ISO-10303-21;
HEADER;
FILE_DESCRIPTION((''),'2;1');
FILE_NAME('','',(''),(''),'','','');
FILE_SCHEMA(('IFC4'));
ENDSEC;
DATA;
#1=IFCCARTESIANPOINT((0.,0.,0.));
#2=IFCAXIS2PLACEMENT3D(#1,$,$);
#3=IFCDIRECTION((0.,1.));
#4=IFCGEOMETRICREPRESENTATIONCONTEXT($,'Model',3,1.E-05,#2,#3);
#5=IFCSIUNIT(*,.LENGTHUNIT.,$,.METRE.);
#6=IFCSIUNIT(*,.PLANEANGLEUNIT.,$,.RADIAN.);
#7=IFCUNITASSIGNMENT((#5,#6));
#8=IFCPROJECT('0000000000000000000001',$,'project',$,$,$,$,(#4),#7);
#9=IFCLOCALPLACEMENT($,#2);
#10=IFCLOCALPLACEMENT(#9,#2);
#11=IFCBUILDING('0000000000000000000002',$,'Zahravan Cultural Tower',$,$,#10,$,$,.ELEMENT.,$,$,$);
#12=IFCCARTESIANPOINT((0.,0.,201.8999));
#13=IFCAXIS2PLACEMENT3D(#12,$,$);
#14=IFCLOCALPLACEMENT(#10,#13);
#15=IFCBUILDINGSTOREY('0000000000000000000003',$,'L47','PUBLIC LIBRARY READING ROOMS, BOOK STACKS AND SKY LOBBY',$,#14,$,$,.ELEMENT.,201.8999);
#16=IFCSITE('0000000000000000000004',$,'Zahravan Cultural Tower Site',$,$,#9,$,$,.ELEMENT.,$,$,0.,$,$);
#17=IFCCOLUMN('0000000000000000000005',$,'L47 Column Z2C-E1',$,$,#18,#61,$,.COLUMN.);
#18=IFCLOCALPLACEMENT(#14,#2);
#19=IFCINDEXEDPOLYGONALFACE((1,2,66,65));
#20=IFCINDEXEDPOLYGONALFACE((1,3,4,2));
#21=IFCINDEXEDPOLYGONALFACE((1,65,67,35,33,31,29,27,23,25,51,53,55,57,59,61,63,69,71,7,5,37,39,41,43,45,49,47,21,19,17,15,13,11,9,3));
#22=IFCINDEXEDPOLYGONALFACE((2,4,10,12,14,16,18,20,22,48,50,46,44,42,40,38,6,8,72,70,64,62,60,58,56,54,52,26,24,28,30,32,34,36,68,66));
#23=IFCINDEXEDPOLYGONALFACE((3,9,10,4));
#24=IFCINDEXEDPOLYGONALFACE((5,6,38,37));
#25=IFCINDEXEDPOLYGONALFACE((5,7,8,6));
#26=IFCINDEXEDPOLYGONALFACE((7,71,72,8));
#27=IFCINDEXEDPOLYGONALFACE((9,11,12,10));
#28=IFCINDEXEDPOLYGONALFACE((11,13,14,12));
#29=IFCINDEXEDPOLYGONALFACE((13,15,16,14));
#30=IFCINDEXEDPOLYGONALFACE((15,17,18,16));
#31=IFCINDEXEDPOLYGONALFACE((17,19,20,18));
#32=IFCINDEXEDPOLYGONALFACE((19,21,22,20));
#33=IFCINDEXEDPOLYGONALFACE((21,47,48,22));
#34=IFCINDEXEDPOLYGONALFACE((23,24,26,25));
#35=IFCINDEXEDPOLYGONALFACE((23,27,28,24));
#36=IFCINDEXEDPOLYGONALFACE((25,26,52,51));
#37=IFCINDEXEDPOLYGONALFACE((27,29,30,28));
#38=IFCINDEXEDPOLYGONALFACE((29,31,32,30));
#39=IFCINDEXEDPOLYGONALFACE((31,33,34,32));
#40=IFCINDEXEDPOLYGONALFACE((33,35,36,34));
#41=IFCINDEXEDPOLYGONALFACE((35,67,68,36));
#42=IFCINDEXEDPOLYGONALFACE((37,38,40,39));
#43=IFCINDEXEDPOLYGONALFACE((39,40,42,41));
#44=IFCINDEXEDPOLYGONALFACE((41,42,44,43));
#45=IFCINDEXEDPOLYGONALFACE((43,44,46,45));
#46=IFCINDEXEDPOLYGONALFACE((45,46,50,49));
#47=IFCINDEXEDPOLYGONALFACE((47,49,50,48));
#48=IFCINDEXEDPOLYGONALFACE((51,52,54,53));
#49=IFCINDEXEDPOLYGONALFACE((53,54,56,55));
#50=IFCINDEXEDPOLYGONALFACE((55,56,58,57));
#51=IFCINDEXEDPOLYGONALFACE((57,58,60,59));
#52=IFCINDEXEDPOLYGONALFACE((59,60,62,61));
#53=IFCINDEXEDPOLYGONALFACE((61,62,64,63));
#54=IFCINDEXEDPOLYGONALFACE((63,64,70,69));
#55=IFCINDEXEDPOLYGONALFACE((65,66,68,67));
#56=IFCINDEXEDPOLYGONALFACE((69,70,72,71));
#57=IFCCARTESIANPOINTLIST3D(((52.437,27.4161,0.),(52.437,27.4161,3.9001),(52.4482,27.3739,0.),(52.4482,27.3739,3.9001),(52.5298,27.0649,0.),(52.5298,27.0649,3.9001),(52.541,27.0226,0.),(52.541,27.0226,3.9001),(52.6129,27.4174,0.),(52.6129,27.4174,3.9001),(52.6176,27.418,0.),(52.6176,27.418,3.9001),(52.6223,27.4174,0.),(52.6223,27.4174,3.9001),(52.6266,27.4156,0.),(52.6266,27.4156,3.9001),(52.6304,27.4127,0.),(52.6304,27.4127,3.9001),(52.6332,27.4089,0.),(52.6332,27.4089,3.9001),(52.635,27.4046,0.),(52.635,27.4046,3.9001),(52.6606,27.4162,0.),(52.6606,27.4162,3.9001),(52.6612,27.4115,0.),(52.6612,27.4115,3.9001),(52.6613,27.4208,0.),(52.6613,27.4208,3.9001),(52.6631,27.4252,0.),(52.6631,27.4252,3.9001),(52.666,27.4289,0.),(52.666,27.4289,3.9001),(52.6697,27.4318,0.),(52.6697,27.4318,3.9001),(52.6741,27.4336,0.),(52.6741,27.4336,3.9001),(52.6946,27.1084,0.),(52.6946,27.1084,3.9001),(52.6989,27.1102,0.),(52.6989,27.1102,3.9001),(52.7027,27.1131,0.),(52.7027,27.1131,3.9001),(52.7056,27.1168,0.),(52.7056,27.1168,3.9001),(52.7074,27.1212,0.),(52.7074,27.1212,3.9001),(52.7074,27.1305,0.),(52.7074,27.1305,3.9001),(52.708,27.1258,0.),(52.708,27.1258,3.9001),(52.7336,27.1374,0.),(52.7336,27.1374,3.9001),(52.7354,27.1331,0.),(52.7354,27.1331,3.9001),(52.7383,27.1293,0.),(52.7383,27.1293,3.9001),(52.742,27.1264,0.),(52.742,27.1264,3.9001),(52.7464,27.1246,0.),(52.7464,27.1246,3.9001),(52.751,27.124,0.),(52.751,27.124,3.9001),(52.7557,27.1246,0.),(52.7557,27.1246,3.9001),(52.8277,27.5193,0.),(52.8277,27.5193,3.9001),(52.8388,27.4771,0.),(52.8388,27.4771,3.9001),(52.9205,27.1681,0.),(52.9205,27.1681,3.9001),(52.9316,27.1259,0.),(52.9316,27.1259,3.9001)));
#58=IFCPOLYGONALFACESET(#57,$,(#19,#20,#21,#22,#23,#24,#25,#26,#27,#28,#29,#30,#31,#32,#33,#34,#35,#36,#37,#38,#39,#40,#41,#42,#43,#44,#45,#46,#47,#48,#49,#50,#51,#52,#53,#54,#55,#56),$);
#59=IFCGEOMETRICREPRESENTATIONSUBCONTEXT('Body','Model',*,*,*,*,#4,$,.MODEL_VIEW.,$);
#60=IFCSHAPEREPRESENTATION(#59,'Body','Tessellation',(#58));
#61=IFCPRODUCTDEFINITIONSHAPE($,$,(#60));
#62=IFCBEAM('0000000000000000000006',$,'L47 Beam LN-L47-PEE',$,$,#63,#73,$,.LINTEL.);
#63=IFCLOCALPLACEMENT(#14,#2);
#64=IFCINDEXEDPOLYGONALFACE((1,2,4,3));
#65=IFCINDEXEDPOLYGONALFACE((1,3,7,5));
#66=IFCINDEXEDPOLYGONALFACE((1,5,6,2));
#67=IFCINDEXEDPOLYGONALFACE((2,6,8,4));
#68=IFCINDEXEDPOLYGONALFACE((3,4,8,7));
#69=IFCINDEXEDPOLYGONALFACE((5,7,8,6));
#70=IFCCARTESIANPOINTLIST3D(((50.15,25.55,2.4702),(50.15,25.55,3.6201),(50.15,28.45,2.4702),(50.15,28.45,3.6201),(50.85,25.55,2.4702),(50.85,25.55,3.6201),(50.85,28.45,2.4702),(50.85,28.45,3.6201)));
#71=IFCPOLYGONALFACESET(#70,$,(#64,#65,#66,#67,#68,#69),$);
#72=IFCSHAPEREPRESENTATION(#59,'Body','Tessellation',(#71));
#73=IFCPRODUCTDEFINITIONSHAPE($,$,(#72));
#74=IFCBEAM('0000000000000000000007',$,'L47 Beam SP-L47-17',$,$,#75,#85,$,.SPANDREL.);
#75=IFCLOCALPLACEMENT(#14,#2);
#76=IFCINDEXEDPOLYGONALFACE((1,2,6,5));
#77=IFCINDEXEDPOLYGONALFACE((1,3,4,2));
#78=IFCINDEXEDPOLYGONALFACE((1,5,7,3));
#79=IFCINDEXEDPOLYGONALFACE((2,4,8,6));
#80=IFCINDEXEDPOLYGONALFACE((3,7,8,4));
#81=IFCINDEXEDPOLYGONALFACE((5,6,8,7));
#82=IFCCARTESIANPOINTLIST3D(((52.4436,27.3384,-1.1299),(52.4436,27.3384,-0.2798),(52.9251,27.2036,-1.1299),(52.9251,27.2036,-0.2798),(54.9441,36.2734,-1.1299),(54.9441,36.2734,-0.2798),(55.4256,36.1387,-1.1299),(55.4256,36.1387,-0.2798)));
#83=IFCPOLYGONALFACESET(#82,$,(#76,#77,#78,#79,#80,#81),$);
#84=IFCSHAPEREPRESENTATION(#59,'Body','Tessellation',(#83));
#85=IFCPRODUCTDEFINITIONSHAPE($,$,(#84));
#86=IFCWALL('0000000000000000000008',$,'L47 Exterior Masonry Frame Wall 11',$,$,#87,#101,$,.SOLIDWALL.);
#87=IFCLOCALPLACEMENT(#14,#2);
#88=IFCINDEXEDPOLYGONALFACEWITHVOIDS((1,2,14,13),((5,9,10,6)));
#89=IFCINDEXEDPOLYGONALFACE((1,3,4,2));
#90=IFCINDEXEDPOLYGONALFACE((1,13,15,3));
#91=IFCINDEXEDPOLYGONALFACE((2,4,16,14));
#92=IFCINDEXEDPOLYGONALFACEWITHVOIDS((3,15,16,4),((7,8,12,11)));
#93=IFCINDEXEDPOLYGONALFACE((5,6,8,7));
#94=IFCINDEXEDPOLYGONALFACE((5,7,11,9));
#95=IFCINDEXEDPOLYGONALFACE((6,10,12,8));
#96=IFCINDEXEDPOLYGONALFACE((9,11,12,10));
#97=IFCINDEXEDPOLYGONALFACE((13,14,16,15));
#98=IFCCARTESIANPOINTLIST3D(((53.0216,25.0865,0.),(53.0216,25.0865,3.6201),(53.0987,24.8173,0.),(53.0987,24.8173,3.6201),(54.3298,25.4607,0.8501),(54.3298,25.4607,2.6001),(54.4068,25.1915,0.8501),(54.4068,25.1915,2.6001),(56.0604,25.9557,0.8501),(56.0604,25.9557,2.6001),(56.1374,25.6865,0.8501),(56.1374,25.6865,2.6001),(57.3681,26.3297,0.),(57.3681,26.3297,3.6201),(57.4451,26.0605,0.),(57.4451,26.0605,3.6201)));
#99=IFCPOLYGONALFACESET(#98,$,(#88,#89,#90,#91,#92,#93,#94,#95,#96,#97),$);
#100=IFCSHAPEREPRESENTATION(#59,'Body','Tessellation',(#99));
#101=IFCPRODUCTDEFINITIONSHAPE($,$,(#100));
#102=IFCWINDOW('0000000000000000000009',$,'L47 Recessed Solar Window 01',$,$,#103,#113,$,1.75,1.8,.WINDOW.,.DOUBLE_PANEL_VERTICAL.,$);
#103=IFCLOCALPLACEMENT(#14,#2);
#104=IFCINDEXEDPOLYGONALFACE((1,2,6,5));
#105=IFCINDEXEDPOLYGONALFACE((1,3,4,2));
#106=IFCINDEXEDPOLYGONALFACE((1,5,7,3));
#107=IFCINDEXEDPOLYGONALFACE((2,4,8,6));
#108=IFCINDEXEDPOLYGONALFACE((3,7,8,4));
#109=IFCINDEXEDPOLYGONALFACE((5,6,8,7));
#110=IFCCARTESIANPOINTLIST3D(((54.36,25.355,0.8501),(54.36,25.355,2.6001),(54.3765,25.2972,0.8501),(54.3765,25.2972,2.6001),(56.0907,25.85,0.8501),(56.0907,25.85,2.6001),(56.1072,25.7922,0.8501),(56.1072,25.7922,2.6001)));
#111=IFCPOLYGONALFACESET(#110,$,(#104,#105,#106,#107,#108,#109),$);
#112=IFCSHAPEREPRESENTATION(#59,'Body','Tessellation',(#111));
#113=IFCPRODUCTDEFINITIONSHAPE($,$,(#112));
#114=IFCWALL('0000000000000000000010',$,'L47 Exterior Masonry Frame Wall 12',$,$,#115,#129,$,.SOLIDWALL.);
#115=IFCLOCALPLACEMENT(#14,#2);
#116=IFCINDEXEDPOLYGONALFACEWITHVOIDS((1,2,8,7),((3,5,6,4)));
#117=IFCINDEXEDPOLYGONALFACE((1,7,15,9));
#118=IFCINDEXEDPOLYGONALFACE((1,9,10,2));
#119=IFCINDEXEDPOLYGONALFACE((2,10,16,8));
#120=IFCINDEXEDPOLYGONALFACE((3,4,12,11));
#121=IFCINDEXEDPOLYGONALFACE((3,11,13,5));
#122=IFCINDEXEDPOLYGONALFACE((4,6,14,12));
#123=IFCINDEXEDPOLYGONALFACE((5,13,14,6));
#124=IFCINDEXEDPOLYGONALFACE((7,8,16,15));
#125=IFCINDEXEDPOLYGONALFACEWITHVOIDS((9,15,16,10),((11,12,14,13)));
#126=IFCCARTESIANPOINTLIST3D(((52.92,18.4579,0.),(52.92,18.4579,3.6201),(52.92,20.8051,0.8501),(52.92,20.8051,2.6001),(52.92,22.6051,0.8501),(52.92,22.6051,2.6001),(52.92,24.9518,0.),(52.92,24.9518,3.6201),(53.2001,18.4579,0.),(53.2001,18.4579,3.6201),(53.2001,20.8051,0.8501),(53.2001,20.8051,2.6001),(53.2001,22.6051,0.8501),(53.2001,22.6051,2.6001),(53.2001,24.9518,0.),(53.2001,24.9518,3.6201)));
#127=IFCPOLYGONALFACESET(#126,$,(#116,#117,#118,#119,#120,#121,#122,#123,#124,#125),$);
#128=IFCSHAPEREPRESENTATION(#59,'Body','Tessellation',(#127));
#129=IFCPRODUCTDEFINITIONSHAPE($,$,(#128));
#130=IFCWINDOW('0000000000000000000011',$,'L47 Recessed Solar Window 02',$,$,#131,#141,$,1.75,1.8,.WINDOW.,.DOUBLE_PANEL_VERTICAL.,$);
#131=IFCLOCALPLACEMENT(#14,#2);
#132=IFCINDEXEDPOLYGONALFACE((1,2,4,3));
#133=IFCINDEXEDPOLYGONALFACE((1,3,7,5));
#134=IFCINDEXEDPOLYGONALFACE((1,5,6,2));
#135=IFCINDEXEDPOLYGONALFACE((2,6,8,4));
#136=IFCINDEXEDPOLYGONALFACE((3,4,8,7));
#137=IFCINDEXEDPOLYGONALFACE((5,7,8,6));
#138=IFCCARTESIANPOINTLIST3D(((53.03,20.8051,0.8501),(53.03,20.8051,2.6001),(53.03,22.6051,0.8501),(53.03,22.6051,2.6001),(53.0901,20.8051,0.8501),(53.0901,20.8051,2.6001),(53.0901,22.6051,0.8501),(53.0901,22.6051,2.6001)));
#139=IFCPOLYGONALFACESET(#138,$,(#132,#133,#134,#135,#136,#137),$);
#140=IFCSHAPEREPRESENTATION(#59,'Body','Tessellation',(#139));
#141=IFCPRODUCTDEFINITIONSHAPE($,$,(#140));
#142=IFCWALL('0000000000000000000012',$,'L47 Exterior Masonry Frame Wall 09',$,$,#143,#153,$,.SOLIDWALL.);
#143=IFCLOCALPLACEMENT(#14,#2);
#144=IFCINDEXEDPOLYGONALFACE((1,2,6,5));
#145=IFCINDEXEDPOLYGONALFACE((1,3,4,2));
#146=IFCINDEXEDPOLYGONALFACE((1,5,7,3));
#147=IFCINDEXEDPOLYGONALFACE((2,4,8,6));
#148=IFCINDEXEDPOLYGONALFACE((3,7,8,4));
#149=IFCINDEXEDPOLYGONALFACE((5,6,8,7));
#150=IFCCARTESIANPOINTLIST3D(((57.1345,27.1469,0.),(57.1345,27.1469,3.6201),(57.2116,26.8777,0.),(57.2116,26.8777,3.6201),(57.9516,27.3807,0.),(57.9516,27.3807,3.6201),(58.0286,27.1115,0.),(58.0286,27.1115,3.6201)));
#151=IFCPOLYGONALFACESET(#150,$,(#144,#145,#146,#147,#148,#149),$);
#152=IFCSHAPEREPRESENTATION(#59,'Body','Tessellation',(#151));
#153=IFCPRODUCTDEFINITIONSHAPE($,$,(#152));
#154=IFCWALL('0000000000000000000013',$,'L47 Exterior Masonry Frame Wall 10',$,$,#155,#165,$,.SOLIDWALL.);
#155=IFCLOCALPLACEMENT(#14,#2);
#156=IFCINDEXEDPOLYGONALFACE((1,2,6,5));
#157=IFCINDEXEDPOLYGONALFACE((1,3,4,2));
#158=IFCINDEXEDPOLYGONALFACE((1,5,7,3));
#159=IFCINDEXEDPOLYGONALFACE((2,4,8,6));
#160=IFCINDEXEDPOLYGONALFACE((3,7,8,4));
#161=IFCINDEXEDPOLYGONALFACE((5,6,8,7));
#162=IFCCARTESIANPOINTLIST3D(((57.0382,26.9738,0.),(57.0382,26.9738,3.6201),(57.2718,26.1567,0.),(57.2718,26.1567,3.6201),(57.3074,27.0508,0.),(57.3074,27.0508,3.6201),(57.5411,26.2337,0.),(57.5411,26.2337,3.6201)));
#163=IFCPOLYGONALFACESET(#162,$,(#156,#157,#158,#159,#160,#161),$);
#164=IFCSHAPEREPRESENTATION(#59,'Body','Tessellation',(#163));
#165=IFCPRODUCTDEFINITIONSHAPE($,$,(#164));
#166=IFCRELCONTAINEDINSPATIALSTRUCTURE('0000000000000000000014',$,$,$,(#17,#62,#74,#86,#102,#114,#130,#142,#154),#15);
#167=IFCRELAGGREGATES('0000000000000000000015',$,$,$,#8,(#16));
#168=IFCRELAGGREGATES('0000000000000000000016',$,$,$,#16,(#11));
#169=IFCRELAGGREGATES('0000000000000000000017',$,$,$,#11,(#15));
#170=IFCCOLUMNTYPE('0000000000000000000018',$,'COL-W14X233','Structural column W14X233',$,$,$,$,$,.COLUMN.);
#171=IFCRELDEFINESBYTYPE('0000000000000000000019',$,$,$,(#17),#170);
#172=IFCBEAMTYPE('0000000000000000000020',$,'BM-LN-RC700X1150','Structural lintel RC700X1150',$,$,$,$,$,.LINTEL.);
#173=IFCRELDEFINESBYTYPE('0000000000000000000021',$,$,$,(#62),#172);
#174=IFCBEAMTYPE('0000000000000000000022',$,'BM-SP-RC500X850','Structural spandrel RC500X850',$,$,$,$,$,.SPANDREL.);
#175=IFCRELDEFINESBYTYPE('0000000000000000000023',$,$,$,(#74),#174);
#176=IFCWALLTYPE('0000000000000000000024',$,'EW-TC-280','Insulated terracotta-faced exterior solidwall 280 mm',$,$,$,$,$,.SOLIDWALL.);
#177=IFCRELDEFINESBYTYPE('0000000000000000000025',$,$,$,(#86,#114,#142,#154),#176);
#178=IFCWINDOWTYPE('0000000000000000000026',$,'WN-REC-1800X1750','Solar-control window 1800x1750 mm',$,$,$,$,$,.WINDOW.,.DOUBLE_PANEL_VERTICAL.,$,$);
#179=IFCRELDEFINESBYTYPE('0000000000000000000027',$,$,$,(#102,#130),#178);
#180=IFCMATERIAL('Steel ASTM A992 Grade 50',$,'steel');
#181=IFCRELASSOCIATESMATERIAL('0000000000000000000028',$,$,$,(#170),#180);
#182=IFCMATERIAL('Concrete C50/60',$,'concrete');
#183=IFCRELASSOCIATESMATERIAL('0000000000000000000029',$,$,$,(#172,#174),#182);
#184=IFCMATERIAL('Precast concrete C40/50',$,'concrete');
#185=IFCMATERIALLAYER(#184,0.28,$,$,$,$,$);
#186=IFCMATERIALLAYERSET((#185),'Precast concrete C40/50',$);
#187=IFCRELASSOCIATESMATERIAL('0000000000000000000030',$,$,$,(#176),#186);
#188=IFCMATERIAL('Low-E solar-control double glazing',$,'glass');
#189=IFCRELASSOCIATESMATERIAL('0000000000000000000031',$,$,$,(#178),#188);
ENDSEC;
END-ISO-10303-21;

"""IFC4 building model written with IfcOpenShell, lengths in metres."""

from ifc_helpers import new_model, si_unit, direction, frame, frame_2d, origin, origin_2d, place, context, subcontext, project, spatial, rectangle, i_section, extrude, source, transform, mapped, material, layer, layer_set, material_profile, profile_set, type_object, element, fill, save


model = new_model("IFC4")

# Units and contexts
model_context = context("Model", 3, precision=1e-05, world=origin(), true_north=direction((0.0, 1.0)))
body_context = subcontext(model_context, "Body", "Model", "MODEL_VIEW")
ifc_project = project(units=[si_unit("LENGTHUNIT", "METRE"), si_unit("PLANEANGLEUNIT", "RADIAN")], contexts=[model_context])

# Site, building, storey
site_placement = place(None, origin())
site = spatial("IfcSite", under=ifc_project, at=site_placement, Name="Zahravan Cultural Tower Site", CompositionType="ELEMENT", RefElevation=0.0)
building_placement = place(site_placement, origin())
building = spatial("IfcBuilding", under=site, at=building_placement, Name="Zahravan Cultural Tower", CompositionType="ELEMENT")
storey_placement = place(building_placement, frame((0.0, 0.0, 201.8999)))
storey = spatial("IfcBuildingStorey", under=building, at=storey_placement, Name="L47", Description="PUBLIC LIBRARY READING ROOMS, BOOK STACKS AND SKY LOBBY", CompositionType="ELEMENT", Elevation=201.8999)

# Column
ifc_material_1 = material(Name="Steel ASTM A992 Grade 50", Category="steel")
ifc_material_profile_1 = material_profile(ifc_material_1, i_section(OverallWidth=0.4041, OverallDepth=0.407, WebThickness=0.0271, FlangeThickness=0.0437, FilletRadius=0.0181, at=origin_2d()), Name="W14X233")
ifc_profile_set_1 = profile_set([ifc_material_profile_1], Name="Steel ASTM A992 Grade 50")
column_type = type_object("IfcColumnType", Name="COL-W14X233", Description="Structural column W14X233", PredefinedType="COLUMN", material=ifc_profile_set_1)
shared_shape_1 = source(origin(), body_context, "Body", "SweptSolid", [
    extrude(i_section(OverallWidth=0.4041, OverallDepth=0.407, WebThickness=0.0271, FlangeThickness=0.0437, FilletRadius=0.0181, at=origin_2d()), origin(), (0.0, 0.0, 1.0), 3.9001),
])
column_placement = place(storey_placement, frame((52.6843, 27.271, 0.0), z_axis=(0.0, 0.0, 1.0), x_axis=(0.966823, 0.255446, 0.0)))
element("IfcColumn", 1, at=column_placement, inside=storey, type_object=column_type, Name="L47 Column Z2C-E1", PredefinedType="COLUMN", context=body_context, shape_type="MappedRepresentation", body=[
    mapped(shared_shape_1, transform((0.0, 0.0, 0.0), x_axis=(1.0, 0.0, 0.0), y_axis=(0.0, 1.0, 0.0), z_axis=(0.0, 0.0, 1.0), scale=1.0)),
])

# Beams
ifc_material_2 = material(Name="Concrete C50/60", Category="concrete")
ifc_material_profile_2 = material_profile(ifc_material_2, rectangle(XDim=0.7, YDim=1.1499, at=origin_2d()), Name="RC700X1150")
ifc_profile_set_2 = profile_set([ifc_material_profile_2], Name="Concrete C50/60")
beam_type_1 = type_object("IfcBeamType", Name="BM-LN-RC700X1150", Description="Structural lintel RC700X1150", PredefinedType="LINTEL", material=ifc_profile_set_2)
shared_shape_2 = source(origin(), body_context, "Body", "SweptSolid", [
    extrude(rectangle(XDim=0.7, YDim=1.1499, at=origin_2d()), origin(), (0.0, 0.0, 1.0), 2.8999),
])
beam_1_placement = place(storey_placement, frame((50.5, 25.55, 3.0452), z_axis=(0.0, 1.0, 0.0), x_axis=(-1.0, 0.0, 0.0)))
element("IfcBeam", 2, at=beam_1_placement, inside=storey, type_object=beam_type_1, Name="L47 Beam LN-L47-PEE", PredefinedType="LINTEL", context=body_context, shape_type="MappedRepresentation", body=[
    mapped(shared_shape_2, transform((0.0, 0.0, 0.0), x_axis=(1.0, 0.0, 0.0), y_axis=(0.0, 1.0, 0.0), z_axis=(0.0, 0.0, 1.0), scale=1.0)),
])
ifc_material_profile_3 = material_profile(ifc_material_2, rectangle(XDim=0.5, YDim=0.8501, at=origin_2d()), Name="RC500X850")
ifc_profile_set_3 = profile_set([ifc_material_profile_3], Name="Concrete C50/60")
beam_type_2 = type_object("IfcBeamType", Name="BM-SP-RC500X850", Description="Structural spandrel RC500X850", PredefinedType="SPANDREL", material=ifc_profile_set_3)
shared_shape_3 = source(origin(), body_context, "Body", "SweptSolid", [
    extrude(rectangle(XDim=0.5, YDim=0.8501, at=origin_2d()), origin(), (0.0, 0.0, 1.0), 9.2783),
])
beam_2_placement = place(storey_placement, frame((52.6843, 27.271, -0.7048), z_axis=(0.269497, 0.963001, 0.0), x_axis=(-0.963001, 0.269497, 0.0)))
element("IfcBeam", 3, at=beam_2_placement, inside=storey, type_object=beam_type_2, Name="L47 Beam SP-L47-17", PredefinedType="SPANDREL", context=body_context, shape_type="MappedRepresentation", body=[
    mapped(shared_shape_3, transform((0.0, 0.0, 0.0), x_axis=(1.0, 0.0, 0.0), y_axis=(0.0, 1.0, 0.0), z_axis=(0.0, 0.0, 1.0), scale=1.0)),
])

# Walls, openings, windows
ifc_material_3 = material(Name="Precast concrete C40/50", Category="concrete")
ifc_layer_1 = layer(ifc_material_3, 0.28)
ifc_layer_set_1 = layer_set([ifc_layer_1], Name="Precast concrete C40/50")
wall_type_1 = type_object("IfcWallType", Name="EW-TC-280", Description="Insulated terracotta-faced exterior solidwall 280 mm", PredefinedType="SOLIDWALL", material=ifc_layer_set_1)
wall_1_placement = place(storey_placement, frame((57.4065, 26.1951, 0.0), z_axis=(0.0, 0.0, 1.0), x_axis=(-0.961446, -0.274992, 0.0)))
wall_1 = element("IfcWall", 4, at=wall_1_placement, inside=storey, type_object=wall_type_1, Name="L47 Exterior Masonry Frame Wall 11", PredefinedType="SOLIDWALL", context=body_context, shape_type="SweptSolid", body=[
    extrude(rectangle(XDim=4.5208, YDim=0.28, at=frame_2d((2.2603, 0.0))), origin(), (0.0, 0.0, 1.0), 3.6201),
])
opening_1_placement = place(wall_1_placement, frame((1.3601, 0.0, 0.8501)))
opening_1 = element("IfcOpeningElement", 5, at=opening_1_placement, cuts=wall_1, PredefinedType="OPENING", context=body_context, shape_type="SweptSolid", body=[
    extrude(rectangle(XDim=1.8, YDim=1.75, at=frame_2d((0.8999, 0.875))), frame((0.0, 0.1499, 0.0), z_axis=(0.0, -1.0, 0.0), x_axis=(1.0, 0.0, 0.0)), (0.0, 0.0, 1.0), 0.3),
])
ifc_material_4 = material(Name="Low-E solar-control double glazing", Category="glass")
window_type = type_object("IfcWindowType", Name="WN-REC-1800X1750", Description="Solar-control window 1800x1750 mm", PartitioningType="DOUBLE_PANEL_VERTICAL", PredefinedType="WINDOW", material=ifc_material_4)
shared_shape_4 = source(origin(), body_context, "Body", "SweptSolid", [
    extrude(rectangle(XDim=1.8, YDim=1.75, at=frame_2d((0.8999, 0.875))), frame((0.0, 0.03, 0.0), z_axis=(0.0, -1.0, 0.0), x_axis=(1.0, 0.0, 0.0)), (0.0, 0.0, 1.0), 0.0601),
])
window_1_placement = place(opening_1_placement, origin())
window_1 = element("IfcWindow", 6, at=window_1_placement, inside=storey, type_object=window_type, Name="L47 Recessed Solar Window 01", OverallHeight=1.75, OverallWidth=1.8, PartitioningType="DOUBLE_PANEL_VERTICAL", PredefinedType="WINDOW", context=body_context, shape_type="MappedRepresentation", body=[
    mapped(shared_shape_4, transform((0.0, 0.0, 0.0), x_axis=(1.0, 0.0, 0.0), y_axis=(0.0, 1.0, 0.0), z_axis=(0.0, 0.0, 1.0), scale=1.0)),
])
fill(opening_1, window_1)
wall_2_placement = place(storey_placement, frame((53.0601, 24.9519, 0.0), z_axis=(0.0, 0.0, 1.0), x_axis=(0.0, -1.0, 0.0)))
wall_2 = element("IfcWall", 7, at=wall_2_placement, inside=storey, type_object=wall_type_1, Name="L47 Exterior Masonry Frame Wall 12", PredefinedType="SOLIDWALL", context=body_context, shape_type="SweptSolid", body=[
    extrude(rectangle(XDim=6.4939, YDim=0.28, at=frame_2d((3.2471, 0.0))), origin(), (0.0, 0.0, 1.0), 3.6201),
])
opening_2_placement = place(wall_2_placement, frame((2.3469, 0.0, 0.8501)))
opening_2 = element("IfcOpeningElement", 8, at=opening_2_placement, cuts=wall_2, PredefinedType="OPENING", context=body_context, shape_type="SweptSolid", body=[
    extrude(rectangle(XDim=1.8, YDim=1.75, at=frame_2d((0.8999, 0.875))), frame((0.0, 0.1499, 0.0), z_axis=(0.0, -1.0, 0.0), x_axis=(1.0, 0.0, 0.0)), (0.0, 0.0, 1.0), 0.3),
])
window_2_placement = place(opening_2_placement, origin())
window_2 = element("IfcWindow", 9, at=window_2_placement, inside=storey, type_object=window_type, Name="L47 Recessed Solar Window 02", OverallHeight=1.75, OverallWidth=1.8, PartitioningType="DOUBLE_PANEL_VERTICAL", PredefinedType="WINDOW", context=body_context, shape_type="MappedRepresentation", body=[
    mapped(shared_shape_4, transform((0.0, 0.0, 0.0), x_axis=(1.0, 0.0, 0.0), y_axis=(0.0, 1.0, 0.0), z_axis=(0.0, 0.0, 1.0), scale=1.0)),
])
fill(opening_2, window_2)

# Walls
shared_shape_5 = source(origin(), body_context, "Body", "SweptSolid", [
    extrude(rectangle(XDim=0.8499, YDim=0.28, at=frame_2d((0.4248, 0.0))), origin(), (0.0, 0.0, 1.0), 3.6201),
])
for number, where, z_axis, x_axis, name in (
    (10, (57.99, 27.2461, 0.0), (0.0, 0.0, 1.0), (-0.961394, -0.275176, 0.0), "L47 Exterior Masonry Frame Wall 09"),
    (11, (57.1729, 27.0122, 0.0), (0.0, 0.0, 1.0), (0.274911, -0.96147, 0.0), "L47 Exterior Masonry Frame Wall 10"),
):
    element("IfcWall", number, at=place(storey_placement, frame(where, z_axis=z_axis, x_axis=x_axis)), inside=storey, type_object=wall_type_1, Name=name, PredefinedType="SOLIDWALL", context=body_context, shape_type="MappedRepresentation", body=[
        mapped(shared_shape_5, transform((0.0, 0.0, 0.0), x_axis=(1.0, 0.0, 0.0), y_axis=(0.0, 1.0, 0.0), z_axis=(0.0, 0.0, 1.0), scale=1.0)),
    ])

save(model, "model.ifc")
